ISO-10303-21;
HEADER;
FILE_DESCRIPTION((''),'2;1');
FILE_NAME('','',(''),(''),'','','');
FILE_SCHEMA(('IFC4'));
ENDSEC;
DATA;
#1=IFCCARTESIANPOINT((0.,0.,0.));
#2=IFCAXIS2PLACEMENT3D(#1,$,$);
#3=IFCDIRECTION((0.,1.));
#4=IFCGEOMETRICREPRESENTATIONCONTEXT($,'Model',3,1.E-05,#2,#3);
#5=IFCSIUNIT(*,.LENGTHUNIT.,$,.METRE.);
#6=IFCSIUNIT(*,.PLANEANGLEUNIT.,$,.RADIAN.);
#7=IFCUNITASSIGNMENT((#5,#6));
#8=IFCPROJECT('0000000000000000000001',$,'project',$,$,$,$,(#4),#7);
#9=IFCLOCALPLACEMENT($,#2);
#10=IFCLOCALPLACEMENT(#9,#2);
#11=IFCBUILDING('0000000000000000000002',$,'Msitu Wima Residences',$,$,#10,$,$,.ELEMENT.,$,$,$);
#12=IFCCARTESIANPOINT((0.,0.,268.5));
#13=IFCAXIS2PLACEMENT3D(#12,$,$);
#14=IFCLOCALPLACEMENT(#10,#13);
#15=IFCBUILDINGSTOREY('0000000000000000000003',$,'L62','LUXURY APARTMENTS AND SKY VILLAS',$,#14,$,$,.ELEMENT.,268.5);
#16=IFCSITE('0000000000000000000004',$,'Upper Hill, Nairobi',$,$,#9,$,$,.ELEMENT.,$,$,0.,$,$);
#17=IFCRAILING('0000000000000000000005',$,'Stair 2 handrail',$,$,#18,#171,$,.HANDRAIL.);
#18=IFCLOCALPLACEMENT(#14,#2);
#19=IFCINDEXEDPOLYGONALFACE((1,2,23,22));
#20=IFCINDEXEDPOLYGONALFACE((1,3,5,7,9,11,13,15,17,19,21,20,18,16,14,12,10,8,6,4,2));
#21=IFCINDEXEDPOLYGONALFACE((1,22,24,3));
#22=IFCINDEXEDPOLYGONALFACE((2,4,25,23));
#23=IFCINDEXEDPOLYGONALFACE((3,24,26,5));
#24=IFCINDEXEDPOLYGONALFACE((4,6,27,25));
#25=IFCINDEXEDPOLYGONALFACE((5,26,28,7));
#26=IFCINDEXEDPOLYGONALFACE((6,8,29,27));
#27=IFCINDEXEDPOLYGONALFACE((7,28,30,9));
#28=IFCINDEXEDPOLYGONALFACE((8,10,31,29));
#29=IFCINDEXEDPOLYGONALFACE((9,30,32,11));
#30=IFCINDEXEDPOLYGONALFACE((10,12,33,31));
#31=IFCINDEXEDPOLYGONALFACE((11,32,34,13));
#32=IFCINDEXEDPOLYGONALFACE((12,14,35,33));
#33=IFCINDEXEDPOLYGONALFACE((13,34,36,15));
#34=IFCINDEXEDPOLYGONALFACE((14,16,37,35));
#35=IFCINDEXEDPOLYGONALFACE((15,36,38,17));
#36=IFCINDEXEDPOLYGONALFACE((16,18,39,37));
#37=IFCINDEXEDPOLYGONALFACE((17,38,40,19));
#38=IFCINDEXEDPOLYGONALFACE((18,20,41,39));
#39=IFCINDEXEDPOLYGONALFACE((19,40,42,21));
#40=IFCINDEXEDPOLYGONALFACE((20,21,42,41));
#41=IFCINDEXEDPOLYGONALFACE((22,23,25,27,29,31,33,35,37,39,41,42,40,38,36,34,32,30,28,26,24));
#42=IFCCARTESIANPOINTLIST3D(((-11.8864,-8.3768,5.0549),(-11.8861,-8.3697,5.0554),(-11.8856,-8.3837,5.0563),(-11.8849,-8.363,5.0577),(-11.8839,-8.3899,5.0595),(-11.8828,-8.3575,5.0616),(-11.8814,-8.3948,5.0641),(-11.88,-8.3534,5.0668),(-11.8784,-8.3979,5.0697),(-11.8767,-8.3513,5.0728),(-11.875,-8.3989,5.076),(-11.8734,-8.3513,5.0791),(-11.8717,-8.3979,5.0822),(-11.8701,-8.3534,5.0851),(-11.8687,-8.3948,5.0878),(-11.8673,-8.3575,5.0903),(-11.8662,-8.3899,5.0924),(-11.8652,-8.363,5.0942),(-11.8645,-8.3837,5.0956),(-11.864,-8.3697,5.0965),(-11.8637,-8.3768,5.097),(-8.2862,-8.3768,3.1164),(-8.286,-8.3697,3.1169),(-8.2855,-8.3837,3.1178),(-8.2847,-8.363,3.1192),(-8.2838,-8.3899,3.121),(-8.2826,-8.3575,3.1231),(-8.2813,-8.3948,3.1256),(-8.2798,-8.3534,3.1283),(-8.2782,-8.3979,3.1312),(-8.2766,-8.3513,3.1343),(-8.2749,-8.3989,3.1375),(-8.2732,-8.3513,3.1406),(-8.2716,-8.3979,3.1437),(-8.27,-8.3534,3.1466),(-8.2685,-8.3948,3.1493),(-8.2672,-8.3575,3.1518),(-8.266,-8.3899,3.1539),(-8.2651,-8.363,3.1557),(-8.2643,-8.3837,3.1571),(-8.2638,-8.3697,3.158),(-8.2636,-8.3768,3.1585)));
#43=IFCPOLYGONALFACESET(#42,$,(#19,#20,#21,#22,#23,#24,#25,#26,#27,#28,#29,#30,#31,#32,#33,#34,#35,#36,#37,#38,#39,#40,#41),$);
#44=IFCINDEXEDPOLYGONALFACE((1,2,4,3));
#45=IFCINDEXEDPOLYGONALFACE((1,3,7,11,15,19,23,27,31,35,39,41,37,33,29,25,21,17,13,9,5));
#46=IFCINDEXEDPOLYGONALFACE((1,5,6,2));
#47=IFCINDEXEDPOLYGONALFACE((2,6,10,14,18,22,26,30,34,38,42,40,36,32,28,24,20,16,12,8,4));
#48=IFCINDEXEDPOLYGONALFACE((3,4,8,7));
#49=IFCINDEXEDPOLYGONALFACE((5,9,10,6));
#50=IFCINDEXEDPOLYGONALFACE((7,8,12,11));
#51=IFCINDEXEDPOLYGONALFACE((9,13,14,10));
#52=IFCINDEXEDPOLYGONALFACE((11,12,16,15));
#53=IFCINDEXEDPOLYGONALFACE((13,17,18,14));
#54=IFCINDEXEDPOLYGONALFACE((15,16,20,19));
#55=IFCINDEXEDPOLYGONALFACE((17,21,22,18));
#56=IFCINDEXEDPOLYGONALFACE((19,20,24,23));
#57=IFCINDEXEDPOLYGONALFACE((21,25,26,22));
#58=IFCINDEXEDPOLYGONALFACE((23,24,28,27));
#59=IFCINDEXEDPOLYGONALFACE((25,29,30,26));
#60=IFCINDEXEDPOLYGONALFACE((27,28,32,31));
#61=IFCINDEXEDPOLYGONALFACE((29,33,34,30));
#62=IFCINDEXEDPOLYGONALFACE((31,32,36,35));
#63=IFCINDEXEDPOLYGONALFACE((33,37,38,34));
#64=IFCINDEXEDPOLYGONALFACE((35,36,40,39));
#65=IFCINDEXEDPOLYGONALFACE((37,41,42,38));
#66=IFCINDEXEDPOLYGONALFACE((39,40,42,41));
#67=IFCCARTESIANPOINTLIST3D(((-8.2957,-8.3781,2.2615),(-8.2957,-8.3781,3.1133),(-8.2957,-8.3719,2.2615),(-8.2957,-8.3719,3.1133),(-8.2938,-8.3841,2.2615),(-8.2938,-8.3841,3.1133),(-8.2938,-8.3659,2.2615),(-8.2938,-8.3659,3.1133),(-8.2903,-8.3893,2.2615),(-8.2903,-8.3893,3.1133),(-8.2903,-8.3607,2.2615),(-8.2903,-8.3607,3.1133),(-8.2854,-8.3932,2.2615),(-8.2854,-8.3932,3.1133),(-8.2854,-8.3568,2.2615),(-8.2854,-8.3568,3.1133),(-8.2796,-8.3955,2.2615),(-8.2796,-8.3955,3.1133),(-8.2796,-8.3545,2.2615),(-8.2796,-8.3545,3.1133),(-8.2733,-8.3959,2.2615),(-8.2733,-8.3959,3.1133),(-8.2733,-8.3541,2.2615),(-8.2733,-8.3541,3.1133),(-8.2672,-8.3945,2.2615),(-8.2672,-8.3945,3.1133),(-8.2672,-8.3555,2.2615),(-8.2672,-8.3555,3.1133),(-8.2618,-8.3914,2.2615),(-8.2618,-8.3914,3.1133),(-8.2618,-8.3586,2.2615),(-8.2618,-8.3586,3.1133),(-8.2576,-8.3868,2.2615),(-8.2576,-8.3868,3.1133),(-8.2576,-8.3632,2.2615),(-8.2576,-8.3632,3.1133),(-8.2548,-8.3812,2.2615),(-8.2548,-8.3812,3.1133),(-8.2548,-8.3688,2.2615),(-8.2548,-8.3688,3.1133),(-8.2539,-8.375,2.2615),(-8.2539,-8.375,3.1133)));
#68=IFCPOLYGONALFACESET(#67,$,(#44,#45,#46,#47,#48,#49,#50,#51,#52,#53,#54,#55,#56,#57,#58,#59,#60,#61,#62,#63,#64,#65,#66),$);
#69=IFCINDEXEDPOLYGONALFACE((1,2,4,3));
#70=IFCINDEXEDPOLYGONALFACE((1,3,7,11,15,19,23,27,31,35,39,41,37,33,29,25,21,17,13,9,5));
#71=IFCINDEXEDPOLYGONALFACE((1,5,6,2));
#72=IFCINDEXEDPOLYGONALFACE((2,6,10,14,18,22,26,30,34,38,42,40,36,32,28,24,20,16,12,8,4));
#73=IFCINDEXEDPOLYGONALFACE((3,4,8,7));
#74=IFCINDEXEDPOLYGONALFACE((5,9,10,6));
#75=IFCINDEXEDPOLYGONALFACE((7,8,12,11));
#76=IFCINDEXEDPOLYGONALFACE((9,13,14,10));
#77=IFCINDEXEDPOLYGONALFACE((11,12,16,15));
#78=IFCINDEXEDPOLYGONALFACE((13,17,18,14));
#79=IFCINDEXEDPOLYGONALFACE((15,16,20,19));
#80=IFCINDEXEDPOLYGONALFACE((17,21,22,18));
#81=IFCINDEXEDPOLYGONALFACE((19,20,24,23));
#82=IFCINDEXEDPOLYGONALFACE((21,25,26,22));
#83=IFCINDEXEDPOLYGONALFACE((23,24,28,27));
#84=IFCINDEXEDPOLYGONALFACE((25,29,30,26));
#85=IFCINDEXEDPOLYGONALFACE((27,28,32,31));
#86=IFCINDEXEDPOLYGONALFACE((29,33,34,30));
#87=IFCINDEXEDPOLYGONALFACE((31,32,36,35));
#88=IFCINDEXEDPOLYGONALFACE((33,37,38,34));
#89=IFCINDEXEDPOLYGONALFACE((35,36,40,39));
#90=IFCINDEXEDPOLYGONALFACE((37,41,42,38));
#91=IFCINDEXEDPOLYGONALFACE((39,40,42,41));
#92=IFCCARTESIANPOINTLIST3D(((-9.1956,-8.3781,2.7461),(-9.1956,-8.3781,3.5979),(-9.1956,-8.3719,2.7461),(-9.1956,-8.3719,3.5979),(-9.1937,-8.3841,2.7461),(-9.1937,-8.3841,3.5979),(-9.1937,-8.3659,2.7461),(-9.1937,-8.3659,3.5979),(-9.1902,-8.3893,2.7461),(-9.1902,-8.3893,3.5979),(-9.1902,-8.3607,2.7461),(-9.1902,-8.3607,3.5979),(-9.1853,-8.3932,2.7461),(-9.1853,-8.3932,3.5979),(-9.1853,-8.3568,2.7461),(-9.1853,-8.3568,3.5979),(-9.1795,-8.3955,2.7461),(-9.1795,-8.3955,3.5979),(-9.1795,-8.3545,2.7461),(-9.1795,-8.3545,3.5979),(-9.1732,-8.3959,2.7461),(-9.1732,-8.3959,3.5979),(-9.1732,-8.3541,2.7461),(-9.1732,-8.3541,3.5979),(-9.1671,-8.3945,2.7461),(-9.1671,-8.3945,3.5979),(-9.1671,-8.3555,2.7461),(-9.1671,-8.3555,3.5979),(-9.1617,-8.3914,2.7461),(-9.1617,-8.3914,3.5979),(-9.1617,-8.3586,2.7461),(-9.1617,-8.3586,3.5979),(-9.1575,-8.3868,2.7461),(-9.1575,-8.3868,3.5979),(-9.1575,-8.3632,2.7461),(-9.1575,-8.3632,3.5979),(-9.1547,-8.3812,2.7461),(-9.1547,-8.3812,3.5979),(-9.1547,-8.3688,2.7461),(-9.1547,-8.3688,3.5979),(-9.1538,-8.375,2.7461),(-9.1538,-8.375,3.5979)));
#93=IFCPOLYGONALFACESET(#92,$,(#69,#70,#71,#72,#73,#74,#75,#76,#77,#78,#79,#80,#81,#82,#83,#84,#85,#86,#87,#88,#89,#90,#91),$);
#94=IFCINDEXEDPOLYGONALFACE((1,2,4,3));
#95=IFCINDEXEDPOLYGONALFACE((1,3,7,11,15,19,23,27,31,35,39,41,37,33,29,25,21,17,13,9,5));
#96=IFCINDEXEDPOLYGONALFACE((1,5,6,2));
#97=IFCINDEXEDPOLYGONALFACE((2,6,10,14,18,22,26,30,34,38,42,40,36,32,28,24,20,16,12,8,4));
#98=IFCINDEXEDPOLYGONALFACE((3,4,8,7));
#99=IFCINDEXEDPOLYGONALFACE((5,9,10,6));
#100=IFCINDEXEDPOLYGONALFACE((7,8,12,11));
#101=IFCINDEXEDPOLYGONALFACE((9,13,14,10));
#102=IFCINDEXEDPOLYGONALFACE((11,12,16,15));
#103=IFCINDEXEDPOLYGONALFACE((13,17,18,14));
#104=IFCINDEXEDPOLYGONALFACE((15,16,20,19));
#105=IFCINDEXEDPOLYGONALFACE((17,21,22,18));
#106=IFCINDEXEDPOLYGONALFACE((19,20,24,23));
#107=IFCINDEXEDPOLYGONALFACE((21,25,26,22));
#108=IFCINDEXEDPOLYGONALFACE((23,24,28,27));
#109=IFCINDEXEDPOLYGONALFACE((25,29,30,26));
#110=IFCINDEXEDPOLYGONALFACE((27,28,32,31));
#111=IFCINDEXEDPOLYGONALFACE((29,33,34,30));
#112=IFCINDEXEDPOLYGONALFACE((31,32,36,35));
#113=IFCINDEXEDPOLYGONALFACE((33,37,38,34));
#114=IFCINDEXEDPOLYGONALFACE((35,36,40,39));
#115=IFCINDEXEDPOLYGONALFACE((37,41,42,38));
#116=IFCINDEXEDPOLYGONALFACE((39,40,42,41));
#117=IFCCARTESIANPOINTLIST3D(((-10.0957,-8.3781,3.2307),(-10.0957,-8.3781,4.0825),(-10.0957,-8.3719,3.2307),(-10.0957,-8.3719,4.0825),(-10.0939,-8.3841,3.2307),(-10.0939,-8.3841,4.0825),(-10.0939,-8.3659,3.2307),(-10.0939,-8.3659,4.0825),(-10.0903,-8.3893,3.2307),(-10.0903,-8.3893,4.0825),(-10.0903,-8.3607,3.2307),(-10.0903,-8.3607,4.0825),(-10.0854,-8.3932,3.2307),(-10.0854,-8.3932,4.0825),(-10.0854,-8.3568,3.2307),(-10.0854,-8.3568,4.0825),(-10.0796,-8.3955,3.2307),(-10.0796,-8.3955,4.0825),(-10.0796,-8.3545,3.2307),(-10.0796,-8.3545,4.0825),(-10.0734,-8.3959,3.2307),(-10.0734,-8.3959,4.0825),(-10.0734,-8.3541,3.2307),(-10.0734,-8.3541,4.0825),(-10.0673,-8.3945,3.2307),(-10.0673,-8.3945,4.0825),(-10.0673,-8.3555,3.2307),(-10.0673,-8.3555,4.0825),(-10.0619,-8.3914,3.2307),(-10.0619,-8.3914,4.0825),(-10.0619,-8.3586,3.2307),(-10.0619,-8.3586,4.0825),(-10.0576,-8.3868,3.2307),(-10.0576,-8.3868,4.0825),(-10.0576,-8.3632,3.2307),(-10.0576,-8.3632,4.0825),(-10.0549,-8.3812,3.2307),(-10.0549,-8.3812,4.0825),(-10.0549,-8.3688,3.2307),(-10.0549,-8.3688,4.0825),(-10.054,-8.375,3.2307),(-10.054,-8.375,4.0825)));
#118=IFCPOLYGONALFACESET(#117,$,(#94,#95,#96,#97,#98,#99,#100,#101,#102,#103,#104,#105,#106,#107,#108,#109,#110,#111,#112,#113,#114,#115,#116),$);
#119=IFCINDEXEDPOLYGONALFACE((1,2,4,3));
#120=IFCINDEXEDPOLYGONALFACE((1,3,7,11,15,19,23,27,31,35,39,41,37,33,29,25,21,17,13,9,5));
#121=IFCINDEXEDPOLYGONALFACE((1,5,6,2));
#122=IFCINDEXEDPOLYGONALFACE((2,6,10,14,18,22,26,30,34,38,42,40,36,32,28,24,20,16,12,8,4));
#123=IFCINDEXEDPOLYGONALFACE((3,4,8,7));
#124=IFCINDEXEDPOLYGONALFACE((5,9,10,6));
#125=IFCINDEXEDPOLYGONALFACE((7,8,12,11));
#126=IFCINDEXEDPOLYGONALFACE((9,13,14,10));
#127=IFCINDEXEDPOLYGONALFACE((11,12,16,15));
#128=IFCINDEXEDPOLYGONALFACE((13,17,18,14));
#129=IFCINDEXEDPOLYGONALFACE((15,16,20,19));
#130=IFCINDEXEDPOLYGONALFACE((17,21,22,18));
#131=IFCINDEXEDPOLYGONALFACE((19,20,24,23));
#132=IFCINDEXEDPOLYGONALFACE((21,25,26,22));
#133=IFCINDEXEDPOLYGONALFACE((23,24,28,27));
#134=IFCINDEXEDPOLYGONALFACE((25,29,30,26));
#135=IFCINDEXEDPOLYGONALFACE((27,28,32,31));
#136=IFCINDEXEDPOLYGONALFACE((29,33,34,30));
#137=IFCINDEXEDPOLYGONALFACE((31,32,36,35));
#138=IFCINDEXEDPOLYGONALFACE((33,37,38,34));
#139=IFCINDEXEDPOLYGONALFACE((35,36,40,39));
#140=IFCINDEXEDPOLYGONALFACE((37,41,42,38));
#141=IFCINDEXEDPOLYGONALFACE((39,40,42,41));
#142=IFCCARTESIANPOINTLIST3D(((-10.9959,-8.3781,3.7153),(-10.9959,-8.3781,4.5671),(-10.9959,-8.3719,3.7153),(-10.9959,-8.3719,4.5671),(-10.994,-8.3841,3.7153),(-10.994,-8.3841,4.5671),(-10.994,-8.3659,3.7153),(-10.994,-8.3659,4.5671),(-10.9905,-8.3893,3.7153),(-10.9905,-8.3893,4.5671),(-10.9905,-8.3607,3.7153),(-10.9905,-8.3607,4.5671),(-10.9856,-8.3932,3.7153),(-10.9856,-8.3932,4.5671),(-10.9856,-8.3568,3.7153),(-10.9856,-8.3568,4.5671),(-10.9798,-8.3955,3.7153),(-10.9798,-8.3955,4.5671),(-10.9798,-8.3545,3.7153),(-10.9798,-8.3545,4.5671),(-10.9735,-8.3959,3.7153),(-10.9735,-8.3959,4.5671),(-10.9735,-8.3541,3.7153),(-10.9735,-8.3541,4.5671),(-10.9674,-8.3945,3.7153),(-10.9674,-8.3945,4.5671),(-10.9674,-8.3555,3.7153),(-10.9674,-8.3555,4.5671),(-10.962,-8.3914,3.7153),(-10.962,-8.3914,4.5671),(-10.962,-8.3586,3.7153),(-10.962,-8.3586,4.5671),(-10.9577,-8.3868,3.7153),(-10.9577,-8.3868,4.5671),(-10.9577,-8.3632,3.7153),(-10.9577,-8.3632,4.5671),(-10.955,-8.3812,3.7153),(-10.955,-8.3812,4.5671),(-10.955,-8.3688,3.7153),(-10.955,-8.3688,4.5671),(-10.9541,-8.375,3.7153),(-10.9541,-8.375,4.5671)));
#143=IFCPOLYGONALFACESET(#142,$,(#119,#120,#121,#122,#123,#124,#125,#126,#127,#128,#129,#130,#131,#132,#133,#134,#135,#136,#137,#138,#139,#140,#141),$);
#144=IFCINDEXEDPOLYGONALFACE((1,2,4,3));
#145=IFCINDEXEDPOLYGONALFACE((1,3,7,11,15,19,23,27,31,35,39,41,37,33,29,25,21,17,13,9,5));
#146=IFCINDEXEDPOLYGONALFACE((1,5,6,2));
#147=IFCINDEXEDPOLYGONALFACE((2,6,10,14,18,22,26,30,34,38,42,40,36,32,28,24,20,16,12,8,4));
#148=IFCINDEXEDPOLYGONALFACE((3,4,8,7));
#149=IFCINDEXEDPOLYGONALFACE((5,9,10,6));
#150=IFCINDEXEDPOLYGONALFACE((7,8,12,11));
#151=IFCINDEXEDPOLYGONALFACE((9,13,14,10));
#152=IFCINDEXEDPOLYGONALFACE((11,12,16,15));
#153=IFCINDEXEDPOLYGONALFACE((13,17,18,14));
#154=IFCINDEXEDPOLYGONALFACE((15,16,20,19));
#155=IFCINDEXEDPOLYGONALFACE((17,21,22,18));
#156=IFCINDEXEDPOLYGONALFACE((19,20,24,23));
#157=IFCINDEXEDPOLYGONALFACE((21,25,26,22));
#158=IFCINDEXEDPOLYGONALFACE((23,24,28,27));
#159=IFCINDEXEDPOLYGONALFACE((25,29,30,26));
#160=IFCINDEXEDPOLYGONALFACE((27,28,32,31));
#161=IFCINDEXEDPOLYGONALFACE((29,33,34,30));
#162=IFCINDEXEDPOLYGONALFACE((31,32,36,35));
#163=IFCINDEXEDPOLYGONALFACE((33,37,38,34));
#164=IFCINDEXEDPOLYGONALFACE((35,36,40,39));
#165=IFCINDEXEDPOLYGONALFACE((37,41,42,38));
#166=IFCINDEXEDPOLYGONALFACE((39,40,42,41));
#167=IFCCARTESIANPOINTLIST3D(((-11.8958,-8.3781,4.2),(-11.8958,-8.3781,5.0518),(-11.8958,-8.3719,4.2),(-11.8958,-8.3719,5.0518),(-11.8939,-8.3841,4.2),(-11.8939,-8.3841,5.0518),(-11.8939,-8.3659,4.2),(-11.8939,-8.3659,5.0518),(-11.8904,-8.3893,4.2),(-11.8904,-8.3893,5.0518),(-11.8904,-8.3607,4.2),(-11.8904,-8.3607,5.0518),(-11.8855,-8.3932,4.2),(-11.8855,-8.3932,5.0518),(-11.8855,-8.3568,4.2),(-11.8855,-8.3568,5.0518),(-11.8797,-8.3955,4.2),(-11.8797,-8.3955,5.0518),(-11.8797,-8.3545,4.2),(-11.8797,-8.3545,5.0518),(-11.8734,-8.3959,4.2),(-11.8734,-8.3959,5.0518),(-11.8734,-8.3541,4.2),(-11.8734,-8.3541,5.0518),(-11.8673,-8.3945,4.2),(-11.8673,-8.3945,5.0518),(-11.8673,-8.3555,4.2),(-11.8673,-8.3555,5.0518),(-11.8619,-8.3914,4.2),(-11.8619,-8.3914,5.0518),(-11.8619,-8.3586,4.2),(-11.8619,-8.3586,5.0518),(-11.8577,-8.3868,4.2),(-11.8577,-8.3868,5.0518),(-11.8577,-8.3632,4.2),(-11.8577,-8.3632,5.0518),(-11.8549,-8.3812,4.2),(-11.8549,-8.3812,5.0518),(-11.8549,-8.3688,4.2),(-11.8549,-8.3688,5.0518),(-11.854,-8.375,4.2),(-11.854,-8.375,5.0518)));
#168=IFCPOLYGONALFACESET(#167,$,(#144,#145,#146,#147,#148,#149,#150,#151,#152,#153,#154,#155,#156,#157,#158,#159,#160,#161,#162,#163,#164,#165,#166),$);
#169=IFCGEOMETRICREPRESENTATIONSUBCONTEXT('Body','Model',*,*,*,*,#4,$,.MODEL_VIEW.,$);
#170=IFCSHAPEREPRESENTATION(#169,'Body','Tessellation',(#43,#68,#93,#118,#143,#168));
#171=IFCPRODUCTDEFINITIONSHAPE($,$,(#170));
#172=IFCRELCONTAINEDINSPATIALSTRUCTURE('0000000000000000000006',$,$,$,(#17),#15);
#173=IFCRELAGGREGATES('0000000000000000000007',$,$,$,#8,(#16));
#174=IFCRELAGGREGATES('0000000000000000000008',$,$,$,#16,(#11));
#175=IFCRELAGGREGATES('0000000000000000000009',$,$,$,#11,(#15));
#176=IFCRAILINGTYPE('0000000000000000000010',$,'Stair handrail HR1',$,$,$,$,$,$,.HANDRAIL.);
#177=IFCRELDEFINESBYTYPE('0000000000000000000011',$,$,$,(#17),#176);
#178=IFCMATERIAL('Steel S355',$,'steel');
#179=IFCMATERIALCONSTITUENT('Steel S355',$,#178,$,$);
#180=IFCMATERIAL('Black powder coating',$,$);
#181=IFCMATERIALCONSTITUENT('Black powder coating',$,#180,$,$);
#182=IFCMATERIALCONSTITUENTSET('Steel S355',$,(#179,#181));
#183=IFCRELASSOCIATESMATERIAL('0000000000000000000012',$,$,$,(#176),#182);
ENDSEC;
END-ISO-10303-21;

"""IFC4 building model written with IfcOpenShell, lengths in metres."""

from ifc_helpers import new_model, si_unit, direction, frame, origin, origin_2d, place, context, subcontext, project, spatial, circle, extrude, material, constituent, constituent_set, type_object, element, save


model = new_model("IFC4")

# Units and contexts
model_context = context("Model", 3, precision=1e-05, world=origin(), true_north=direction((0.0, 1.0)))
body_context = subcontext(model_context, "Body", "Model", "MODEL_VIEW")
ifc_project = project(units=[si_unit("LENGTHUNIT", "METRE"), si_unit("PLANEANGLEUNIT", "RADIAN")], contexts=[model_context])

# Site, building, storey
site_placement = place(None, origin())
site = spatial("IfcSite", under=ifc_project, at=site_placement, Name="Upper Hill, Nairobi", CompositionType="ELEMENT", RefElevation=0.0)
building_placement = place(site_placement, origin())
building = spatial("IfcBuilding", under=site, at=building_placement, Name="Msitu Wima Residences", CompositionType="ELEMENT")
storey_placement = place(building_placement, frame((0.0, 0.0, 268.5)))
storey = spatial("IfcBuildingStorey", under=building, at=storey_placement, Name="L62", Description="LUXURY APARTMENTS AND SKY VILLAS", CompositionType="ELEMENT", Elevation=268.5)

# Railing
ifc_material_1 = material(Name="Steel S355", Category="steel")
ifc_constituent_1 = constituent(ifc_material_1, Name="Steel S355")
ifc_material_2 = material(Name="Black powder coating")
ifc_constituent_2 = constituent(ifc_material_2, Name="Black powder coating")
ifc_constituent_set = constituent_set(constituents=[ifc_constituent_1, ifc_constituent_2], Name="Steel S355")
railing_type = type_object("IfcRailingType", Name="Stair handrail HR1", PredefinedType="HANDRAIL", material=ifc_constituent_set)
for number, where, name in (
    (1, (-8.2749, -8.375, 2.2615), "Stair 2 handrail"),
):
    element("IfcRailing", number, at=place(storey_placement, frame(where)), inside=storey, type_object=railing_type, Name=name, PredefinedType="HANDRAIL", context=body_context, shape_type="SweptSolid", body=[
        extrude(circle(Radius=0.0239, at=origin_2d()), frame((0.0, 0.0, 0.876), z_axis=(-0.880475, 0.0, 0.474093), x_axis=(0.0, -1.0, 0.0)), (0.0, 0.0, 1.0), 4.0889),
        extrude(circle(Radius=0.021, at=origin_2d()), origin(), (0.0, 0.0, 1.0), 0.8518),
        extrude(circle(Radius=0.021, at=origin_2d()), frame((-0.8999, 0.0, 0.4846)), (0.0, 0.0, 1.0), 0.8518),
        extrude(circle(Radius=0.021, at=origin_2d()), frame((-1.8, 0.0, 0.9692)), (0.0, 0.0, 1.0), 0.8518),
        extrude(circle(Radius=0.021, at=origin_2d()), frame((-2.7002, 0.0, 1.4539)), (0.0, 0.0, 1.0), 0.8518),
        extrude(circle(Radius=0.021, at=origin_2d()), frame((-3.6001, 0.0, 1.9385)), (0.0, 0.0, 1.0), 0.8518),
    ])

save(model, "model.ifc")
